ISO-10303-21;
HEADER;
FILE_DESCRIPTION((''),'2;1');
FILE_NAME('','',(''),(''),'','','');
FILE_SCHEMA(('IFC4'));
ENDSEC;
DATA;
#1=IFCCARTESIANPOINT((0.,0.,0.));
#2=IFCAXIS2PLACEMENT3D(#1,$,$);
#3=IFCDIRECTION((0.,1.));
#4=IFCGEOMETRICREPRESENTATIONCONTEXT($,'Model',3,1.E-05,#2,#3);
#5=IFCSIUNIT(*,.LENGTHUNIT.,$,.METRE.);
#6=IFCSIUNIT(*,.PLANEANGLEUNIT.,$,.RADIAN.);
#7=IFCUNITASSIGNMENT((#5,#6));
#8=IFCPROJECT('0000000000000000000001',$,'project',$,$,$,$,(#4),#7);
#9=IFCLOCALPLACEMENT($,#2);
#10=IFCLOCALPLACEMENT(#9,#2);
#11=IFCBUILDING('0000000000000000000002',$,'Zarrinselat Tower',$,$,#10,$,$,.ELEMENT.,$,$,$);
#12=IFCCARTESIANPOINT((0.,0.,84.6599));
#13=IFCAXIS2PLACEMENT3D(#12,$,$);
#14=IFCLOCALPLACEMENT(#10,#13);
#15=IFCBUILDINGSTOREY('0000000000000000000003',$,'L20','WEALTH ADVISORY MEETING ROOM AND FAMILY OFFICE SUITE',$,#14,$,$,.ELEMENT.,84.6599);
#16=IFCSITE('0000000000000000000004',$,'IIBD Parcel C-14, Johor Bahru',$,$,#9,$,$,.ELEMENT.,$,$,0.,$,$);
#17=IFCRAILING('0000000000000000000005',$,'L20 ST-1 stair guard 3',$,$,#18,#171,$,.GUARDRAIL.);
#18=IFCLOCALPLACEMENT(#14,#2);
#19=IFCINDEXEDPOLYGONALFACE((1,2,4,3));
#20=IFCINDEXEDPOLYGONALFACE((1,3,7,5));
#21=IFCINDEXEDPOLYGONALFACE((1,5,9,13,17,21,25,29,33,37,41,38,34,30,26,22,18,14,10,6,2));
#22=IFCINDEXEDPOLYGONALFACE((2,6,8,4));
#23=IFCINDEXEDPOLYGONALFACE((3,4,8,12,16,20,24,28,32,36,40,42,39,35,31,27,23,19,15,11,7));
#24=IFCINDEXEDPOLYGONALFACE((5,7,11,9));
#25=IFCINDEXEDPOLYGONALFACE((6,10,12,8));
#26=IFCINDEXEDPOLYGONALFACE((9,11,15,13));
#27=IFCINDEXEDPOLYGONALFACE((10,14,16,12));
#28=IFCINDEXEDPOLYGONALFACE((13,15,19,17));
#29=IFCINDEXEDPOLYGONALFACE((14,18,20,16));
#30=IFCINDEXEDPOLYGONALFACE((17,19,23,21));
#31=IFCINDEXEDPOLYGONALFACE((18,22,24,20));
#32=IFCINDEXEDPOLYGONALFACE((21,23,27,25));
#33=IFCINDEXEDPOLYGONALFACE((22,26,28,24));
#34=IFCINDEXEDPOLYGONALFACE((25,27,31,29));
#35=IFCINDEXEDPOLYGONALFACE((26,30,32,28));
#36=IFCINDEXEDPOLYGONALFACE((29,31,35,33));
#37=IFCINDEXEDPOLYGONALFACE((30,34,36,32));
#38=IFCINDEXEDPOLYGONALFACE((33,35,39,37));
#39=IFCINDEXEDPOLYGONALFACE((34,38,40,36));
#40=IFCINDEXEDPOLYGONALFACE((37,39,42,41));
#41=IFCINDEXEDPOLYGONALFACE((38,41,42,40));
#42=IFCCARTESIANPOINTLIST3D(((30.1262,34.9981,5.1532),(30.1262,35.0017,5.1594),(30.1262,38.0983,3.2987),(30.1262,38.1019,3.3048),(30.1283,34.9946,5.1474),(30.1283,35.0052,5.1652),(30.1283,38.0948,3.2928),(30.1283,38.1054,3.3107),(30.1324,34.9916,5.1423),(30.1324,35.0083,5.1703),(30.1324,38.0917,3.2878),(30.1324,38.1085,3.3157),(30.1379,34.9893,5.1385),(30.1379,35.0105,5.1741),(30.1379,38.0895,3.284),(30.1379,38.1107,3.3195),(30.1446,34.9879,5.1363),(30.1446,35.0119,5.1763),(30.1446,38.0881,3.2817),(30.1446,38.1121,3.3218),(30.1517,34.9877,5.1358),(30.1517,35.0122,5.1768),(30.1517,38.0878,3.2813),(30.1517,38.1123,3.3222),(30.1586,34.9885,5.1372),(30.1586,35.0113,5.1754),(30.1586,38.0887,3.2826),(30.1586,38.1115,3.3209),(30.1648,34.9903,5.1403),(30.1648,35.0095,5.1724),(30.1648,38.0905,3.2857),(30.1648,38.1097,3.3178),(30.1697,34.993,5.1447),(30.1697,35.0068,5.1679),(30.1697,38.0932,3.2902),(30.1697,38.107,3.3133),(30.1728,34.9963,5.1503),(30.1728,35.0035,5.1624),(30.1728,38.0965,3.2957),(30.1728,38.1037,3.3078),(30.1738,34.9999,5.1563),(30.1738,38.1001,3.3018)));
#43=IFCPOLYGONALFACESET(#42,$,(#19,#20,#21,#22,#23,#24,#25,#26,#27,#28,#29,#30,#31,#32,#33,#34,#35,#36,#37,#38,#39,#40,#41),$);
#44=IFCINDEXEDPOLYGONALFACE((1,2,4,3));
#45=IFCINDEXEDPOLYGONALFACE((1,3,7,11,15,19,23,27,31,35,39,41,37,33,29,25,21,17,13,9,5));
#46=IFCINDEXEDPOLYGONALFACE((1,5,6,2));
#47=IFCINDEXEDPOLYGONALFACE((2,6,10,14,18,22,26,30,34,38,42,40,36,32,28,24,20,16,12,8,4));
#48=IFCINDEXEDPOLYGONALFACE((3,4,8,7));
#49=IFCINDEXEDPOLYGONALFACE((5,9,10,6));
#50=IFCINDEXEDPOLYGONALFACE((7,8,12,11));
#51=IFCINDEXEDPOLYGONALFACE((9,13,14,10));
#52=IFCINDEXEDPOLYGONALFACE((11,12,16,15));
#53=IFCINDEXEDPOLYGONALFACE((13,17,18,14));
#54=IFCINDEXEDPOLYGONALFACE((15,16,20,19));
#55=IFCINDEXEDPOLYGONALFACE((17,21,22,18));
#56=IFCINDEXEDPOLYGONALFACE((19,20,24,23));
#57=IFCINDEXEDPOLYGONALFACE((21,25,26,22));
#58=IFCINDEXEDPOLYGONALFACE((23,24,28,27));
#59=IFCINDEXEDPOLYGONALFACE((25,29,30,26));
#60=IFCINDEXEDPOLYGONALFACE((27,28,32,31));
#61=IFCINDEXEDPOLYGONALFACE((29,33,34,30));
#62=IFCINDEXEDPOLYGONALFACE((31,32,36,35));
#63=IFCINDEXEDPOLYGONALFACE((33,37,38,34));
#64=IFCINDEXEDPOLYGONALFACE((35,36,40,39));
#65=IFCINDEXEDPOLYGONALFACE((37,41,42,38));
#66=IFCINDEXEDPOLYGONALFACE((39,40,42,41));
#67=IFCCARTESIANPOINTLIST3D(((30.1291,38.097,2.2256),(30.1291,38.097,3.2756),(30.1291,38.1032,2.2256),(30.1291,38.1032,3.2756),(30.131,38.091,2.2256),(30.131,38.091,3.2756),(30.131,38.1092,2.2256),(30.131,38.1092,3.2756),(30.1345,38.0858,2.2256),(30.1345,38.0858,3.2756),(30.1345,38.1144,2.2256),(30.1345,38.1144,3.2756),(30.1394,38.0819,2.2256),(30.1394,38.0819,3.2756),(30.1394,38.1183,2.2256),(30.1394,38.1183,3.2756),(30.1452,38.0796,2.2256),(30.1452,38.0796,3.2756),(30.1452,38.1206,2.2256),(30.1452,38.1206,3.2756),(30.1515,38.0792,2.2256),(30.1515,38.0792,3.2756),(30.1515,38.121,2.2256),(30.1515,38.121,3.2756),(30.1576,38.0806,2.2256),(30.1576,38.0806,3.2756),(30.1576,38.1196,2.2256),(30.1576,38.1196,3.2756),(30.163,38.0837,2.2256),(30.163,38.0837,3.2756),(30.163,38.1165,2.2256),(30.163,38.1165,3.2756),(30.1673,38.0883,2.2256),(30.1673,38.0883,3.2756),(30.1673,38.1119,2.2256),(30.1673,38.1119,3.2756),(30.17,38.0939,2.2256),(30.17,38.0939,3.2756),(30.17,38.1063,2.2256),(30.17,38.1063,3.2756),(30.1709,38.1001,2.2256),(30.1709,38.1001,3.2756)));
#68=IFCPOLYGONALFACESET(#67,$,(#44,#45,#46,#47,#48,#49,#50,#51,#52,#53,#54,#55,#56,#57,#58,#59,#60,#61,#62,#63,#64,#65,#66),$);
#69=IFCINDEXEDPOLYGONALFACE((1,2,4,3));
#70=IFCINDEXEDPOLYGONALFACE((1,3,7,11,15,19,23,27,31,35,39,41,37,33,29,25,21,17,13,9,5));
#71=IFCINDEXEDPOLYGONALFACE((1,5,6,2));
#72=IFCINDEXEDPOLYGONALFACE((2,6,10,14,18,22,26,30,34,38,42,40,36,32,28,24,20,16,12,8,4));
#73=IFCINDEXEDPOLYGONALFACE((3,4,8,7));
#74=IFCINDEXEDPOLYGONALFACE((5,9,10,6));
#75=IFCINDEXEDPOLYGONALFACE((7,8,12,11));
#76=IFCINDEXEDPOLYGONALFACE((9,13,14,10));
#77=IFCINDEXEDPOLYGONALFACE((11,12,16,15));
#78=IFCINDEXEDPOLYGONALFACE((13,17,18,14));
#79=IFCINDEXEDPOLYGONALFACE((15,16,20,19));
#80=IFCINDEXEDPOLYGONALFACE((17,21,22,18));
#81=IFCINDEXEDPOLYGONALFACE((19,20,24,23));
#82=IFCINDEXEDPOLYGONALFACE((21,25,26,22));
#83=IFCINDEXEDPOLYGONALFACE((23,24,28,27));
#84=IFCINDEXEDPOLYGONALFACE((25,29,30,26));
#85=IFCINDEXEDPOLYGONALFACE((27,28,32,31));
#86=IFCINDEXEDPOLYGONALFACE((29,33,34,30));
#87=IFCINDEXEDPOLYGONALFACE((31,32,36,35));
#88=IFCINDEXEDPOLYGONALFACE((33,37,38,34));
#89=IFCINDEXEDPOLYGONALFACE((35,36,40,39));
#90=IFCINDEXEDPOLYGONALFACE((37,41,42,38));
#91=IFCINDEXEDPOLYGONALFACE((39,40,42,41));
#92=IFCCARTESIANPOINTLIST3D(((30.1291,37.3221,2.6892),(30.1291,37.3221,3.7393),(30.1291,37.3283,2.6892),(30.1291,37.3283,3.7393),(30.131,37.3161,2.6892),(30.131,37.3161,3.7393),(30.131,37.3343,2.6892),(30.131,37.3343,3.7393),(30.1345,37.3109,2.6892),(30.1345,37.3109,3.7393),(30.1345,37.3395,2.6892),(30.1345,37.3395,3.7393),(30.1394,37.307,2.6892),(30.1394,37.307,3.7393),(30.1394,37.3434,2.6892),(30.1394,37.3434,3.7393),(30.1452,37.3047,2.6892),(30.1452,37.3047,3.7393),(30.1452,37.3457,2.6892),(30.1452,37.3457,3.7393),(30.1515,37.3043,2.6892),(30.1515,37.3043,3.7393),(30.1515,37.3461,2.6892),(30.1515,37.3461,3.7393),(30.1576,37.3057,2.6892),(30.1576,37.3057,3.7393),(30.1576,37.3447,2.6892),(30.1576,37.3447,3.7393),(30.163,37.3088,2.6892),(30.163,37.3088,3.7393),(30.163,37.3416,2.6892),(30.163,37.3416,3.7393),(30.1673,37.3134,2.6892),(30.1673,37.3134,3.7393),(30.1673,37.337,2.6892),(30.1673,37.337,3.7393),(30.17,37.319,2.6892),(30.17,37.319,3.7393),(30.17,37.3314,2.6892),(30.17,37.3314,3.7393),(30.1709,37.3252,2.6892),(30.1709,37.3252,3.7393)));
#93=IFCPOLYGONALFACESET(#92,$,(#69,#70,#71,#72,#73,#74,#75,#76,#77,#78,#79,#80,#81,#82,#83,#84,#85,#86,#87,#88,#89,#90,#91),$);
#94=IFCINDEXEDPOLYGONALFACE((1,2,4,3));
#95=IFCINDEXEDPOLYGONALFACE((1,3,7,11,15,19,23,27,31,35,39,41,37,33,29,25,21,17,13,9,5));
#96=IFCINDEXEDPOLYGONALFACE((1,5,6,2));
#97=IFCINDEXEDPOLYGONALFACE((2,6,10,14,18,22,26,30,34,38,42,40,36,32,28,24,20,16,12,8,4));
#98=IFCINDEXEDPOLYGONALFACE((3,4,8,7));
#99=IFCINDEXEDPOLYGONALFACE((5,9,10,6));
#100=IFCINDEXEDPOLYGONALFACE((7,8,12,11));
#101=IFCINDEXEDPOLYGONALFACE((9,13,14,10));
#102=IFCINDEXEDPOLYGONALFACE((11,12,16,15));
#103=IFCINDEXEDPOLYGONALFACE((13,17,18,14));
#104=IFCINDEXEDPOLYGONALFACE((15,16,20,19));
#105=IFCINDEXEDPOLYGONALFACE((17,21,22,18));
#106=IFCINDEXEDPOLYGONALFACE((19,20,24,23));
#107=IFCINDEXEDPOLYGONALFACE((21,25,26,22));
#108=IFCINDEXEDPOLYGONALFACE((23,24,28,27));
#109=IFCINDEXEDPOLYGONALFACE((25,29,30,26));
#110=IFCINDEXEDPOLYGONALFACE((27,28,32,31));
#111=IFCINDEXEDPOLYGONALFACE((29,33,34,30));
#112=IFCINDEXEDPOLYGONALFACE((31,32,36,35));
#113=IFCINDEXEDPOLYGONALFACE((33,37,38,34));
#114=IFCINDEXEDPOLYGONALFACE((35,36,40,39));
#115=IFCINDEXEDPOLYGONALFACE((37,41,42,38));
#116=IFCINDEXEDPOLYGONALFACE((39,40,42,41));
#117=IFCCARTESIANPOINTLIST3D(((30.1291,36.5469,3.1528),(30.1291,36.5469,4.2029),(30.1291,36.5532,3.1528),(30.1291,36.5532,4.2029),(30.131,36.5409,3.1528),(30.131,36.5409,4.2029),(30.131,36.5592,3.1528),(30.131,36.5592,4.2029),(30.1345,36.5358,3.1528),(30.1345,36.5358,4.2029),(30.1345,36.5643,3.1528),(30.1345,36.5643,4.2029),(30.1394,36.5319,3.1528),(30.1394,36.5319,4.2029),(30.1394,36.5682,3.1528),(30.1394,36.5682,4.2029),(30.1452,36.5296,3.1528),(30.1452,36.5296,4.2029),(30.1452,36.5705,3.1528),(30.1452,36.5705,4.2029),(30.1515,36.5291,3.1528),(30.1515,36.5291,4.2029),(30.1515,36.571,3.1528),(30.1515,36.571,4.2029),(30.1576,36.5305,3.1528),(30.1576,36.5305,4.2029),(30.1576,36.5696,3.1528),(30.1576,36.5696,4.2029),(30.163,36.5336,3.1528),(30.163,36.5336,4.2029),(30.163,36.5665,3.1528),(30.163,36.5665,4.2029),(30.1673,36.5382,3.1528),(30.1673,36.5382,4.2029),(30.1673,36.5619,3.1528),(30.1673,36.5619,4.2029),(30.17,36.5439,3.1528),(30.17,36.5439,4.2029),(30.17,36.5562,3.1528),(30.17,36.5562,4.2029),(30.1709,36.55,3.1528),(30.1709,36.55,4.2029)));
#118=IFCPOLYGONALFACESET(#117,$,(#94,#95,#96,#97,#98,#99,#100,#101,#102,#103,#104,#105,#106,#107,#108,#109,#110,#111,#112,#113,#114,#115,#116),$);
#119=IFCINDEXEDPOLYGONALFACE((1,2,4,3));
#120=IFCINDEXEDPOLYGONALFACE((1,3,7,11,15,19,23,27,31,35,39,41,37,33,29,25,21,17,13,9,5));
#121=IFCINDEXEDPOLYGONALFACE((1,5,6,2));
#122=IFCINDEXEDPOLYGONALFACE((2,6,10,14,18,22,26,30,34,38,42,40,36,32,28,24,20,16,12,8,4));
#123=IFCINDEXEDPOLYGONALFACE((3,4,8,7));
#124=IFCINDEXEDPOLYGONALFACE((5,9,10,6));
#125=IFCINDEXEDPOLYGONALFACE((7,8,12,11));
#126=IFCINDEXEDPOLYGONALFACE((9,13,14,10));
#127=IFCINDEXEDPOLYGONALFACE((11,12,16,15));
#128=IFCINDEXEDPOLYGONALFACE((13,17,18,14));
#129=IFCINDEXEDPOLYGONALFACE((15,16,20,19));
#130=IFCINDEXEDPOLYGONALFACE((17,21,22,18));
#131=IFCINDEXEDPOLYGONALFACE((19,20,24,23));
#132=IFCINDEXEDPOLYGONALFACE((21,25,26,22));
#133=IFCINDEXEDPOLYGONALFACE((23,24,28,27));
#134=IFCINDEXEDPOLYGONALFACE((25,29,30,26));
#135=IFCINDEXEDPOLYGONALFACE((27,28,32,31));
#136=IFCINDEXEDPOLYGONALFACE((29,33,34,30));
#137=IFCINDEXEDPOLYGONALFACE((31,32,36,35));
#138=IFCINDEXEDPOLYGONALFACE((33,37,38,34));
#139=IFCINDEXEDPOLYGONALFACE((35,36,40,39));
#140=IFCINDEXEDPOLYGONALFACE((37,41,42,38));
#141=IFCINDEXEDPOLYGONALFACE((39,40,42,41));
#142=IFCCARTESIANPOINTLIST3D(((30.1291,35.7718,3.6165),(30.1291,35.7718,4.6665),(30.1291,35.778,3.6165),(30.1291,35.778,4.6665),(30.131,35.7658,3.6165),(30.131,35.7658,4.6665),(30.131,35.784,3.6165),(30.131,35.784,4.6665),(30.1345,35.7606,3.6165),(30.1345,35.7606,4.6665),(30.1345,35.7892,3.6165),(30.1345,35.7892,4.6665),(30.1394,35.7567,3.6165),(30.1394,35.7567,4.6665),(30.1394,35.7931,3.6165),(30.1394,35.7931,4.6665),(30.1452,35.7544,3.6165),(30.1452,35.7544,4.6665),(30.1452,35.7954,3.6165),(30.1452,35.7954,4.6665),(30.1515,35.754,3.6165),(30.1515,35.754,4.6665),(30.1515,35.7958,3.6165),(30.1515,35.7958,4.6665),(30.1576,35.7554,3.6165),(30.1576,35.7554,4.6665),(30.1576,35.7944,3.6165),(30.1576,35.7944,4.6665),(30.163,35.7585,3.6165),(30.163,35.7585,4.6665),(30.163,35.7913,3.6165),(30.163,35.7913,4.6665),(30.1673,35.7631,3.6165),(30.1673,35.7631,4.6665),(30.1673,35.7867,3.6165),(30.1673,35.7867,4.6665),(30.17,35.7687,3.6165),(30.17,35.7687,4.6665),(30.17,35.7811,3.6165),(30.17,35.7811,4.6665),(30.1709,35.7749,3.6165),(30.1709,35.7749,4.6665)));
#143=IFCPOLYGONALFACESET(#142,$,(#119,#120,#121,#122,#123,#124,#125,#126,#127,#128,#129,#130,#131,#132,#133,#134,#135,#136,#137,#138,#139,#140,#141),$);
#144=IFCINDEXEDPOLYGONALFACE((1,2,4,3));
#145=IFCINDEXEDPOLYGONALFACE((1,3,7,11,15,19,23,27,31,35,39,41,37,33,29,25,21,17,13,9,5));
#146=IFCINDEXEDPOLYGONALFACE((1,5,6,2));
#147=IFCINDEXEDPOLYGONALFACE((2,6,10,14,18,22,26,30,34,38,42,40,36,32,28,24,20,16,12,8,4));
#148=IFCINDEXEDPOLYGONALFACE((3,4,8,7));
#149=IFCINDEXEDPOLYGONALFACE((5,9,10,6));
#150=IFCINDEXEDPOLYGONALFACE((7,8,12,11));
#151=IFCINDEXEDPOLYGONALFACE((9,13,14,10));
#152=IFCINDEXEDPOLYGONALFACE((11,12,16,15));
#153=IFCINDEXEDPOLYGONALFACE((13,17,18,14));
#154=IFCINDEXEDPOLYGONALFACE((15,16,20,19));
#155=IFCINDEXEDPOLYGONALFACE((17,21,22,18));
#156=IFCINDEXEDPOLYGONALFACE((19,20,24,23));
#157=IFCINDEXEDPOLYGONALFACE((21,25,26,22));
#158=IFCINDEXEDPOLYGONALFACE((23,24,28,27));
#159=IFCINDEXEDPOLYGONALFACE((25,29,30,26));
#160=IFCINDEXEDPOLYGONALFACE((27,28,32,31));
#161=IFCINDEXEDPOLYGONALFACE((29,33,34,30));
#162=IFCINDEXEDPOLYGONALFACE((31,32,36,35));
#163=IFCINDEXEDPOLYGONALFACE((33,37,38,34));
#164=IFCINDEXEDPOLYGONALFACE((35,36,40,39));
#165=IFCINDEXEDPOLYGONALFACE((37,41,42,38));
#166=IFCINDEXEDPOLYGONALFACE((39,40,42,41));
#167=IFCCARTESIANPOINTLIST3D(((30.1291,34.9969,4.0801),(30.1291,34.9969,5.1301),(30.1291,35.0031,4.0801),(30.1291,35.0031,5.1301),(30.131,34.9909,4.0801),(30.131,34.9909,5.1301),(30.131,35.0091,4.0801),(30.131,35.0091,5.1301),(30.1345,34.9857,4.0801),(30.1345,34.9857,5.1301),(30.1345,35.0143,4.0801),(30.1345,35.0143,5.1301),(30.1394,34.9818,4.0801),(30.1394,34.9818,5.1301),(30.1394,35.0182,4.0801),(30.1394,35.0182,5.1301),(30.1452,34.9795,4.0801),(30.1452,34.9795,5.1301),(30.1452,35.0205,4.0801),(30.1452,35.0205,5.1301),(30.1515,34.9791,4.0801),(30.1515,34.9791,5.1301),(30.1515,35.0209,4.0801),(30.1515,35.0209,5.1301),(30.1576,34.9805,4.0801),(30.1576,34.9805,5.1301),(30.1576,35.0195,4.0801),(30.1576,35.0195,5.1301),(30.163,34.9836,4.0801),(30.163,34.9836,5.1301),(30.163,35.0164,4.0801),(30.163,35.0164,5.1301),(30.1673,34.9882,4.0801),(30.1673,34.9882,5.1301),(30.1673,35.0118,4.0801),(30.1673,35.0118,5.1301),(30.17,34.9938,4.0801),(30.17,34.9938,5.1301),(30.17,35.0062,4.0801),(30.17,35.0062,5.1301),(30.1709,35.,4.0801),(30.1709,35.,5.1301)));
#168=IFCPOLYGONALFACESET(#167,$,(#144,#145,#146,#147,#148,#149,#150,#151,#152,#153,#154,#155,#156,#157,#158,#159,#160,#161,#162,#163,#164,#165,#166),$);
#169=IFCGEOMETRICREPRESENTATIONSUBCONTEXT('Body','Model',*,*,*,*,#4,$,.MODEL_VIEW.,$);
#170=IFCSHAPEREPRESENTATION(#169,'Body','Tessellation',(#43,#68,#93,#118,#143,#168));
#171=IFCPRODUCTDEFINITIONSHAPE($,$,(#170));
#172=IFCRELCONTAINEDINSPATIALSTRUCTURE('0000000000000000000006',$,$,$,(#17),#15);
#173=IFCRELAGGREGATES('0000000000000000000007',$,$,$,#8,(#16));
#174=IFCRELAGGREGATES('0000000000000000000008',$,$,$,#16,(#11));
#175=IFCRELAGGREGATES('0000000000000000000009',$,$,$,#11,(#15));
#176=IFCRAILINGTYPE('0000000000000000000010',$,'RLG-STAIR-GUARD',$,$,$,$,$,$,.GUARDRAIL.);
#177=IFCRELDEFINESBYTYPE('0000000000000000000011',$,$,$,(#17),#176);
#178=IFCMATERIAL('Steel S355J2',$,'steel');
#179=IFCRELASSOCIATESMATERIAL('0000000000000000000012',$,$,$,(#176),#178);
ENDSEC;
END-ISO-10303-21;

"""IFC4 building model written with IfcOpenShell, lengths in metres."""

from ifc_helpers import new_model, si_unit, direction, frame, origin, origin_2d, place, context, subcontext, project, spatial, circle, extrude, material, type_object, element, save


model = new_model("IFC4")

# Units and contexts
model_context = context("Model", 3, precision=1e-05, world=origin(), true_north=direction((0.0, 1.0)))
body_context = subcontext(model_context, "Body", "Model", "MODEL_VIEW")
ifc_project = project(units=[si_unit("LENGTHUNIT", "METRE"), si_unit("PLANEANGLEUNIT", "RADIAN")], contexts=[model_context])

# Site, building, storey
site_placement = place(None, origin())
site = spatial("IfcSite", under=ifc_project, at=site_placement, Name="IIBD Parcel C-14, Johor Bahru", CompositionType="ELEMENT", RefElevation=0.0)
building_placement = place(site_placement, origin())
building = spatial("IfcBuilding", under=site, at=building_placement, Name="Zarrinselat Tower", CompositionType="ELEMENT")
storey_placement = place(building_placement, frame((0.0, 0.0, 84.6599)))
storey = spatial("IfcBuildingStorey", under=building, at=storey_placement, Name="L20", Description="WEALTH ADVISORY MEETING ROOM AND FAMILY OFFICE SUITE", CompositionType="ELEMENT", Elevation=84.6599)

# Railing
ifc_material_1 = material(Name="Steel S355J2", Category="steel")
railing_type_1 = type_object("IfcRailingType", Name="RLG-STAIR-GUARD", PredefinedType="GUARDRAIL", material=ifc_material_1)
railing_1_placement = place(storey_placement, frame((30.1499, 38.1001, 2.2256)))
element("IfcRailing", 1, at=railing_1_placement, inside=storey, type_object=railing_type_1, Name="L20 ST-1 stair guard 3", PredefinedType="GUARDRAIL", context=body_context, shape_type="SweptSolid", body=[
    extrude(circle(Radius=0.0239, at=origin_2d()), frame((0.0, 0.0, 1.0762), z_axis=(0.0, -0.858172, 0.513362), x_axis=(1.0, 0.0, 0.0)), (0.0, 0.0, 1.0), 3.6125),
    extrude(circle(Radius=0.021, at=origin_2d()), origin(), (0.0, 0.0, 1.0), 1.05),
    extrude(circle(Radius=0.021, at=origin_2d()), frame((0.0, -0.7749, 0.4636)), (0.0, 0.0, 1.0), 1.05),
    extrude(circle(Radius=0.021, at=origin_2d()), frame((0.0, -1.55, 0.9272)), (0.0, 0.0, 1.0), 1.05),
    extrude(circle(Radius=0.021, at=origin_2d()), frame((0.0, -2.3252, 1.3909)), (0.0, 0.0, 1.0), 1.05),
    extrude(circle(Radius=0.021, at=origin_2d()), frame((0.0, -3.1001, 1.8545)), (0.0, 0.0, 1.0), 1.05),
])

save(model, "model.ifc")
